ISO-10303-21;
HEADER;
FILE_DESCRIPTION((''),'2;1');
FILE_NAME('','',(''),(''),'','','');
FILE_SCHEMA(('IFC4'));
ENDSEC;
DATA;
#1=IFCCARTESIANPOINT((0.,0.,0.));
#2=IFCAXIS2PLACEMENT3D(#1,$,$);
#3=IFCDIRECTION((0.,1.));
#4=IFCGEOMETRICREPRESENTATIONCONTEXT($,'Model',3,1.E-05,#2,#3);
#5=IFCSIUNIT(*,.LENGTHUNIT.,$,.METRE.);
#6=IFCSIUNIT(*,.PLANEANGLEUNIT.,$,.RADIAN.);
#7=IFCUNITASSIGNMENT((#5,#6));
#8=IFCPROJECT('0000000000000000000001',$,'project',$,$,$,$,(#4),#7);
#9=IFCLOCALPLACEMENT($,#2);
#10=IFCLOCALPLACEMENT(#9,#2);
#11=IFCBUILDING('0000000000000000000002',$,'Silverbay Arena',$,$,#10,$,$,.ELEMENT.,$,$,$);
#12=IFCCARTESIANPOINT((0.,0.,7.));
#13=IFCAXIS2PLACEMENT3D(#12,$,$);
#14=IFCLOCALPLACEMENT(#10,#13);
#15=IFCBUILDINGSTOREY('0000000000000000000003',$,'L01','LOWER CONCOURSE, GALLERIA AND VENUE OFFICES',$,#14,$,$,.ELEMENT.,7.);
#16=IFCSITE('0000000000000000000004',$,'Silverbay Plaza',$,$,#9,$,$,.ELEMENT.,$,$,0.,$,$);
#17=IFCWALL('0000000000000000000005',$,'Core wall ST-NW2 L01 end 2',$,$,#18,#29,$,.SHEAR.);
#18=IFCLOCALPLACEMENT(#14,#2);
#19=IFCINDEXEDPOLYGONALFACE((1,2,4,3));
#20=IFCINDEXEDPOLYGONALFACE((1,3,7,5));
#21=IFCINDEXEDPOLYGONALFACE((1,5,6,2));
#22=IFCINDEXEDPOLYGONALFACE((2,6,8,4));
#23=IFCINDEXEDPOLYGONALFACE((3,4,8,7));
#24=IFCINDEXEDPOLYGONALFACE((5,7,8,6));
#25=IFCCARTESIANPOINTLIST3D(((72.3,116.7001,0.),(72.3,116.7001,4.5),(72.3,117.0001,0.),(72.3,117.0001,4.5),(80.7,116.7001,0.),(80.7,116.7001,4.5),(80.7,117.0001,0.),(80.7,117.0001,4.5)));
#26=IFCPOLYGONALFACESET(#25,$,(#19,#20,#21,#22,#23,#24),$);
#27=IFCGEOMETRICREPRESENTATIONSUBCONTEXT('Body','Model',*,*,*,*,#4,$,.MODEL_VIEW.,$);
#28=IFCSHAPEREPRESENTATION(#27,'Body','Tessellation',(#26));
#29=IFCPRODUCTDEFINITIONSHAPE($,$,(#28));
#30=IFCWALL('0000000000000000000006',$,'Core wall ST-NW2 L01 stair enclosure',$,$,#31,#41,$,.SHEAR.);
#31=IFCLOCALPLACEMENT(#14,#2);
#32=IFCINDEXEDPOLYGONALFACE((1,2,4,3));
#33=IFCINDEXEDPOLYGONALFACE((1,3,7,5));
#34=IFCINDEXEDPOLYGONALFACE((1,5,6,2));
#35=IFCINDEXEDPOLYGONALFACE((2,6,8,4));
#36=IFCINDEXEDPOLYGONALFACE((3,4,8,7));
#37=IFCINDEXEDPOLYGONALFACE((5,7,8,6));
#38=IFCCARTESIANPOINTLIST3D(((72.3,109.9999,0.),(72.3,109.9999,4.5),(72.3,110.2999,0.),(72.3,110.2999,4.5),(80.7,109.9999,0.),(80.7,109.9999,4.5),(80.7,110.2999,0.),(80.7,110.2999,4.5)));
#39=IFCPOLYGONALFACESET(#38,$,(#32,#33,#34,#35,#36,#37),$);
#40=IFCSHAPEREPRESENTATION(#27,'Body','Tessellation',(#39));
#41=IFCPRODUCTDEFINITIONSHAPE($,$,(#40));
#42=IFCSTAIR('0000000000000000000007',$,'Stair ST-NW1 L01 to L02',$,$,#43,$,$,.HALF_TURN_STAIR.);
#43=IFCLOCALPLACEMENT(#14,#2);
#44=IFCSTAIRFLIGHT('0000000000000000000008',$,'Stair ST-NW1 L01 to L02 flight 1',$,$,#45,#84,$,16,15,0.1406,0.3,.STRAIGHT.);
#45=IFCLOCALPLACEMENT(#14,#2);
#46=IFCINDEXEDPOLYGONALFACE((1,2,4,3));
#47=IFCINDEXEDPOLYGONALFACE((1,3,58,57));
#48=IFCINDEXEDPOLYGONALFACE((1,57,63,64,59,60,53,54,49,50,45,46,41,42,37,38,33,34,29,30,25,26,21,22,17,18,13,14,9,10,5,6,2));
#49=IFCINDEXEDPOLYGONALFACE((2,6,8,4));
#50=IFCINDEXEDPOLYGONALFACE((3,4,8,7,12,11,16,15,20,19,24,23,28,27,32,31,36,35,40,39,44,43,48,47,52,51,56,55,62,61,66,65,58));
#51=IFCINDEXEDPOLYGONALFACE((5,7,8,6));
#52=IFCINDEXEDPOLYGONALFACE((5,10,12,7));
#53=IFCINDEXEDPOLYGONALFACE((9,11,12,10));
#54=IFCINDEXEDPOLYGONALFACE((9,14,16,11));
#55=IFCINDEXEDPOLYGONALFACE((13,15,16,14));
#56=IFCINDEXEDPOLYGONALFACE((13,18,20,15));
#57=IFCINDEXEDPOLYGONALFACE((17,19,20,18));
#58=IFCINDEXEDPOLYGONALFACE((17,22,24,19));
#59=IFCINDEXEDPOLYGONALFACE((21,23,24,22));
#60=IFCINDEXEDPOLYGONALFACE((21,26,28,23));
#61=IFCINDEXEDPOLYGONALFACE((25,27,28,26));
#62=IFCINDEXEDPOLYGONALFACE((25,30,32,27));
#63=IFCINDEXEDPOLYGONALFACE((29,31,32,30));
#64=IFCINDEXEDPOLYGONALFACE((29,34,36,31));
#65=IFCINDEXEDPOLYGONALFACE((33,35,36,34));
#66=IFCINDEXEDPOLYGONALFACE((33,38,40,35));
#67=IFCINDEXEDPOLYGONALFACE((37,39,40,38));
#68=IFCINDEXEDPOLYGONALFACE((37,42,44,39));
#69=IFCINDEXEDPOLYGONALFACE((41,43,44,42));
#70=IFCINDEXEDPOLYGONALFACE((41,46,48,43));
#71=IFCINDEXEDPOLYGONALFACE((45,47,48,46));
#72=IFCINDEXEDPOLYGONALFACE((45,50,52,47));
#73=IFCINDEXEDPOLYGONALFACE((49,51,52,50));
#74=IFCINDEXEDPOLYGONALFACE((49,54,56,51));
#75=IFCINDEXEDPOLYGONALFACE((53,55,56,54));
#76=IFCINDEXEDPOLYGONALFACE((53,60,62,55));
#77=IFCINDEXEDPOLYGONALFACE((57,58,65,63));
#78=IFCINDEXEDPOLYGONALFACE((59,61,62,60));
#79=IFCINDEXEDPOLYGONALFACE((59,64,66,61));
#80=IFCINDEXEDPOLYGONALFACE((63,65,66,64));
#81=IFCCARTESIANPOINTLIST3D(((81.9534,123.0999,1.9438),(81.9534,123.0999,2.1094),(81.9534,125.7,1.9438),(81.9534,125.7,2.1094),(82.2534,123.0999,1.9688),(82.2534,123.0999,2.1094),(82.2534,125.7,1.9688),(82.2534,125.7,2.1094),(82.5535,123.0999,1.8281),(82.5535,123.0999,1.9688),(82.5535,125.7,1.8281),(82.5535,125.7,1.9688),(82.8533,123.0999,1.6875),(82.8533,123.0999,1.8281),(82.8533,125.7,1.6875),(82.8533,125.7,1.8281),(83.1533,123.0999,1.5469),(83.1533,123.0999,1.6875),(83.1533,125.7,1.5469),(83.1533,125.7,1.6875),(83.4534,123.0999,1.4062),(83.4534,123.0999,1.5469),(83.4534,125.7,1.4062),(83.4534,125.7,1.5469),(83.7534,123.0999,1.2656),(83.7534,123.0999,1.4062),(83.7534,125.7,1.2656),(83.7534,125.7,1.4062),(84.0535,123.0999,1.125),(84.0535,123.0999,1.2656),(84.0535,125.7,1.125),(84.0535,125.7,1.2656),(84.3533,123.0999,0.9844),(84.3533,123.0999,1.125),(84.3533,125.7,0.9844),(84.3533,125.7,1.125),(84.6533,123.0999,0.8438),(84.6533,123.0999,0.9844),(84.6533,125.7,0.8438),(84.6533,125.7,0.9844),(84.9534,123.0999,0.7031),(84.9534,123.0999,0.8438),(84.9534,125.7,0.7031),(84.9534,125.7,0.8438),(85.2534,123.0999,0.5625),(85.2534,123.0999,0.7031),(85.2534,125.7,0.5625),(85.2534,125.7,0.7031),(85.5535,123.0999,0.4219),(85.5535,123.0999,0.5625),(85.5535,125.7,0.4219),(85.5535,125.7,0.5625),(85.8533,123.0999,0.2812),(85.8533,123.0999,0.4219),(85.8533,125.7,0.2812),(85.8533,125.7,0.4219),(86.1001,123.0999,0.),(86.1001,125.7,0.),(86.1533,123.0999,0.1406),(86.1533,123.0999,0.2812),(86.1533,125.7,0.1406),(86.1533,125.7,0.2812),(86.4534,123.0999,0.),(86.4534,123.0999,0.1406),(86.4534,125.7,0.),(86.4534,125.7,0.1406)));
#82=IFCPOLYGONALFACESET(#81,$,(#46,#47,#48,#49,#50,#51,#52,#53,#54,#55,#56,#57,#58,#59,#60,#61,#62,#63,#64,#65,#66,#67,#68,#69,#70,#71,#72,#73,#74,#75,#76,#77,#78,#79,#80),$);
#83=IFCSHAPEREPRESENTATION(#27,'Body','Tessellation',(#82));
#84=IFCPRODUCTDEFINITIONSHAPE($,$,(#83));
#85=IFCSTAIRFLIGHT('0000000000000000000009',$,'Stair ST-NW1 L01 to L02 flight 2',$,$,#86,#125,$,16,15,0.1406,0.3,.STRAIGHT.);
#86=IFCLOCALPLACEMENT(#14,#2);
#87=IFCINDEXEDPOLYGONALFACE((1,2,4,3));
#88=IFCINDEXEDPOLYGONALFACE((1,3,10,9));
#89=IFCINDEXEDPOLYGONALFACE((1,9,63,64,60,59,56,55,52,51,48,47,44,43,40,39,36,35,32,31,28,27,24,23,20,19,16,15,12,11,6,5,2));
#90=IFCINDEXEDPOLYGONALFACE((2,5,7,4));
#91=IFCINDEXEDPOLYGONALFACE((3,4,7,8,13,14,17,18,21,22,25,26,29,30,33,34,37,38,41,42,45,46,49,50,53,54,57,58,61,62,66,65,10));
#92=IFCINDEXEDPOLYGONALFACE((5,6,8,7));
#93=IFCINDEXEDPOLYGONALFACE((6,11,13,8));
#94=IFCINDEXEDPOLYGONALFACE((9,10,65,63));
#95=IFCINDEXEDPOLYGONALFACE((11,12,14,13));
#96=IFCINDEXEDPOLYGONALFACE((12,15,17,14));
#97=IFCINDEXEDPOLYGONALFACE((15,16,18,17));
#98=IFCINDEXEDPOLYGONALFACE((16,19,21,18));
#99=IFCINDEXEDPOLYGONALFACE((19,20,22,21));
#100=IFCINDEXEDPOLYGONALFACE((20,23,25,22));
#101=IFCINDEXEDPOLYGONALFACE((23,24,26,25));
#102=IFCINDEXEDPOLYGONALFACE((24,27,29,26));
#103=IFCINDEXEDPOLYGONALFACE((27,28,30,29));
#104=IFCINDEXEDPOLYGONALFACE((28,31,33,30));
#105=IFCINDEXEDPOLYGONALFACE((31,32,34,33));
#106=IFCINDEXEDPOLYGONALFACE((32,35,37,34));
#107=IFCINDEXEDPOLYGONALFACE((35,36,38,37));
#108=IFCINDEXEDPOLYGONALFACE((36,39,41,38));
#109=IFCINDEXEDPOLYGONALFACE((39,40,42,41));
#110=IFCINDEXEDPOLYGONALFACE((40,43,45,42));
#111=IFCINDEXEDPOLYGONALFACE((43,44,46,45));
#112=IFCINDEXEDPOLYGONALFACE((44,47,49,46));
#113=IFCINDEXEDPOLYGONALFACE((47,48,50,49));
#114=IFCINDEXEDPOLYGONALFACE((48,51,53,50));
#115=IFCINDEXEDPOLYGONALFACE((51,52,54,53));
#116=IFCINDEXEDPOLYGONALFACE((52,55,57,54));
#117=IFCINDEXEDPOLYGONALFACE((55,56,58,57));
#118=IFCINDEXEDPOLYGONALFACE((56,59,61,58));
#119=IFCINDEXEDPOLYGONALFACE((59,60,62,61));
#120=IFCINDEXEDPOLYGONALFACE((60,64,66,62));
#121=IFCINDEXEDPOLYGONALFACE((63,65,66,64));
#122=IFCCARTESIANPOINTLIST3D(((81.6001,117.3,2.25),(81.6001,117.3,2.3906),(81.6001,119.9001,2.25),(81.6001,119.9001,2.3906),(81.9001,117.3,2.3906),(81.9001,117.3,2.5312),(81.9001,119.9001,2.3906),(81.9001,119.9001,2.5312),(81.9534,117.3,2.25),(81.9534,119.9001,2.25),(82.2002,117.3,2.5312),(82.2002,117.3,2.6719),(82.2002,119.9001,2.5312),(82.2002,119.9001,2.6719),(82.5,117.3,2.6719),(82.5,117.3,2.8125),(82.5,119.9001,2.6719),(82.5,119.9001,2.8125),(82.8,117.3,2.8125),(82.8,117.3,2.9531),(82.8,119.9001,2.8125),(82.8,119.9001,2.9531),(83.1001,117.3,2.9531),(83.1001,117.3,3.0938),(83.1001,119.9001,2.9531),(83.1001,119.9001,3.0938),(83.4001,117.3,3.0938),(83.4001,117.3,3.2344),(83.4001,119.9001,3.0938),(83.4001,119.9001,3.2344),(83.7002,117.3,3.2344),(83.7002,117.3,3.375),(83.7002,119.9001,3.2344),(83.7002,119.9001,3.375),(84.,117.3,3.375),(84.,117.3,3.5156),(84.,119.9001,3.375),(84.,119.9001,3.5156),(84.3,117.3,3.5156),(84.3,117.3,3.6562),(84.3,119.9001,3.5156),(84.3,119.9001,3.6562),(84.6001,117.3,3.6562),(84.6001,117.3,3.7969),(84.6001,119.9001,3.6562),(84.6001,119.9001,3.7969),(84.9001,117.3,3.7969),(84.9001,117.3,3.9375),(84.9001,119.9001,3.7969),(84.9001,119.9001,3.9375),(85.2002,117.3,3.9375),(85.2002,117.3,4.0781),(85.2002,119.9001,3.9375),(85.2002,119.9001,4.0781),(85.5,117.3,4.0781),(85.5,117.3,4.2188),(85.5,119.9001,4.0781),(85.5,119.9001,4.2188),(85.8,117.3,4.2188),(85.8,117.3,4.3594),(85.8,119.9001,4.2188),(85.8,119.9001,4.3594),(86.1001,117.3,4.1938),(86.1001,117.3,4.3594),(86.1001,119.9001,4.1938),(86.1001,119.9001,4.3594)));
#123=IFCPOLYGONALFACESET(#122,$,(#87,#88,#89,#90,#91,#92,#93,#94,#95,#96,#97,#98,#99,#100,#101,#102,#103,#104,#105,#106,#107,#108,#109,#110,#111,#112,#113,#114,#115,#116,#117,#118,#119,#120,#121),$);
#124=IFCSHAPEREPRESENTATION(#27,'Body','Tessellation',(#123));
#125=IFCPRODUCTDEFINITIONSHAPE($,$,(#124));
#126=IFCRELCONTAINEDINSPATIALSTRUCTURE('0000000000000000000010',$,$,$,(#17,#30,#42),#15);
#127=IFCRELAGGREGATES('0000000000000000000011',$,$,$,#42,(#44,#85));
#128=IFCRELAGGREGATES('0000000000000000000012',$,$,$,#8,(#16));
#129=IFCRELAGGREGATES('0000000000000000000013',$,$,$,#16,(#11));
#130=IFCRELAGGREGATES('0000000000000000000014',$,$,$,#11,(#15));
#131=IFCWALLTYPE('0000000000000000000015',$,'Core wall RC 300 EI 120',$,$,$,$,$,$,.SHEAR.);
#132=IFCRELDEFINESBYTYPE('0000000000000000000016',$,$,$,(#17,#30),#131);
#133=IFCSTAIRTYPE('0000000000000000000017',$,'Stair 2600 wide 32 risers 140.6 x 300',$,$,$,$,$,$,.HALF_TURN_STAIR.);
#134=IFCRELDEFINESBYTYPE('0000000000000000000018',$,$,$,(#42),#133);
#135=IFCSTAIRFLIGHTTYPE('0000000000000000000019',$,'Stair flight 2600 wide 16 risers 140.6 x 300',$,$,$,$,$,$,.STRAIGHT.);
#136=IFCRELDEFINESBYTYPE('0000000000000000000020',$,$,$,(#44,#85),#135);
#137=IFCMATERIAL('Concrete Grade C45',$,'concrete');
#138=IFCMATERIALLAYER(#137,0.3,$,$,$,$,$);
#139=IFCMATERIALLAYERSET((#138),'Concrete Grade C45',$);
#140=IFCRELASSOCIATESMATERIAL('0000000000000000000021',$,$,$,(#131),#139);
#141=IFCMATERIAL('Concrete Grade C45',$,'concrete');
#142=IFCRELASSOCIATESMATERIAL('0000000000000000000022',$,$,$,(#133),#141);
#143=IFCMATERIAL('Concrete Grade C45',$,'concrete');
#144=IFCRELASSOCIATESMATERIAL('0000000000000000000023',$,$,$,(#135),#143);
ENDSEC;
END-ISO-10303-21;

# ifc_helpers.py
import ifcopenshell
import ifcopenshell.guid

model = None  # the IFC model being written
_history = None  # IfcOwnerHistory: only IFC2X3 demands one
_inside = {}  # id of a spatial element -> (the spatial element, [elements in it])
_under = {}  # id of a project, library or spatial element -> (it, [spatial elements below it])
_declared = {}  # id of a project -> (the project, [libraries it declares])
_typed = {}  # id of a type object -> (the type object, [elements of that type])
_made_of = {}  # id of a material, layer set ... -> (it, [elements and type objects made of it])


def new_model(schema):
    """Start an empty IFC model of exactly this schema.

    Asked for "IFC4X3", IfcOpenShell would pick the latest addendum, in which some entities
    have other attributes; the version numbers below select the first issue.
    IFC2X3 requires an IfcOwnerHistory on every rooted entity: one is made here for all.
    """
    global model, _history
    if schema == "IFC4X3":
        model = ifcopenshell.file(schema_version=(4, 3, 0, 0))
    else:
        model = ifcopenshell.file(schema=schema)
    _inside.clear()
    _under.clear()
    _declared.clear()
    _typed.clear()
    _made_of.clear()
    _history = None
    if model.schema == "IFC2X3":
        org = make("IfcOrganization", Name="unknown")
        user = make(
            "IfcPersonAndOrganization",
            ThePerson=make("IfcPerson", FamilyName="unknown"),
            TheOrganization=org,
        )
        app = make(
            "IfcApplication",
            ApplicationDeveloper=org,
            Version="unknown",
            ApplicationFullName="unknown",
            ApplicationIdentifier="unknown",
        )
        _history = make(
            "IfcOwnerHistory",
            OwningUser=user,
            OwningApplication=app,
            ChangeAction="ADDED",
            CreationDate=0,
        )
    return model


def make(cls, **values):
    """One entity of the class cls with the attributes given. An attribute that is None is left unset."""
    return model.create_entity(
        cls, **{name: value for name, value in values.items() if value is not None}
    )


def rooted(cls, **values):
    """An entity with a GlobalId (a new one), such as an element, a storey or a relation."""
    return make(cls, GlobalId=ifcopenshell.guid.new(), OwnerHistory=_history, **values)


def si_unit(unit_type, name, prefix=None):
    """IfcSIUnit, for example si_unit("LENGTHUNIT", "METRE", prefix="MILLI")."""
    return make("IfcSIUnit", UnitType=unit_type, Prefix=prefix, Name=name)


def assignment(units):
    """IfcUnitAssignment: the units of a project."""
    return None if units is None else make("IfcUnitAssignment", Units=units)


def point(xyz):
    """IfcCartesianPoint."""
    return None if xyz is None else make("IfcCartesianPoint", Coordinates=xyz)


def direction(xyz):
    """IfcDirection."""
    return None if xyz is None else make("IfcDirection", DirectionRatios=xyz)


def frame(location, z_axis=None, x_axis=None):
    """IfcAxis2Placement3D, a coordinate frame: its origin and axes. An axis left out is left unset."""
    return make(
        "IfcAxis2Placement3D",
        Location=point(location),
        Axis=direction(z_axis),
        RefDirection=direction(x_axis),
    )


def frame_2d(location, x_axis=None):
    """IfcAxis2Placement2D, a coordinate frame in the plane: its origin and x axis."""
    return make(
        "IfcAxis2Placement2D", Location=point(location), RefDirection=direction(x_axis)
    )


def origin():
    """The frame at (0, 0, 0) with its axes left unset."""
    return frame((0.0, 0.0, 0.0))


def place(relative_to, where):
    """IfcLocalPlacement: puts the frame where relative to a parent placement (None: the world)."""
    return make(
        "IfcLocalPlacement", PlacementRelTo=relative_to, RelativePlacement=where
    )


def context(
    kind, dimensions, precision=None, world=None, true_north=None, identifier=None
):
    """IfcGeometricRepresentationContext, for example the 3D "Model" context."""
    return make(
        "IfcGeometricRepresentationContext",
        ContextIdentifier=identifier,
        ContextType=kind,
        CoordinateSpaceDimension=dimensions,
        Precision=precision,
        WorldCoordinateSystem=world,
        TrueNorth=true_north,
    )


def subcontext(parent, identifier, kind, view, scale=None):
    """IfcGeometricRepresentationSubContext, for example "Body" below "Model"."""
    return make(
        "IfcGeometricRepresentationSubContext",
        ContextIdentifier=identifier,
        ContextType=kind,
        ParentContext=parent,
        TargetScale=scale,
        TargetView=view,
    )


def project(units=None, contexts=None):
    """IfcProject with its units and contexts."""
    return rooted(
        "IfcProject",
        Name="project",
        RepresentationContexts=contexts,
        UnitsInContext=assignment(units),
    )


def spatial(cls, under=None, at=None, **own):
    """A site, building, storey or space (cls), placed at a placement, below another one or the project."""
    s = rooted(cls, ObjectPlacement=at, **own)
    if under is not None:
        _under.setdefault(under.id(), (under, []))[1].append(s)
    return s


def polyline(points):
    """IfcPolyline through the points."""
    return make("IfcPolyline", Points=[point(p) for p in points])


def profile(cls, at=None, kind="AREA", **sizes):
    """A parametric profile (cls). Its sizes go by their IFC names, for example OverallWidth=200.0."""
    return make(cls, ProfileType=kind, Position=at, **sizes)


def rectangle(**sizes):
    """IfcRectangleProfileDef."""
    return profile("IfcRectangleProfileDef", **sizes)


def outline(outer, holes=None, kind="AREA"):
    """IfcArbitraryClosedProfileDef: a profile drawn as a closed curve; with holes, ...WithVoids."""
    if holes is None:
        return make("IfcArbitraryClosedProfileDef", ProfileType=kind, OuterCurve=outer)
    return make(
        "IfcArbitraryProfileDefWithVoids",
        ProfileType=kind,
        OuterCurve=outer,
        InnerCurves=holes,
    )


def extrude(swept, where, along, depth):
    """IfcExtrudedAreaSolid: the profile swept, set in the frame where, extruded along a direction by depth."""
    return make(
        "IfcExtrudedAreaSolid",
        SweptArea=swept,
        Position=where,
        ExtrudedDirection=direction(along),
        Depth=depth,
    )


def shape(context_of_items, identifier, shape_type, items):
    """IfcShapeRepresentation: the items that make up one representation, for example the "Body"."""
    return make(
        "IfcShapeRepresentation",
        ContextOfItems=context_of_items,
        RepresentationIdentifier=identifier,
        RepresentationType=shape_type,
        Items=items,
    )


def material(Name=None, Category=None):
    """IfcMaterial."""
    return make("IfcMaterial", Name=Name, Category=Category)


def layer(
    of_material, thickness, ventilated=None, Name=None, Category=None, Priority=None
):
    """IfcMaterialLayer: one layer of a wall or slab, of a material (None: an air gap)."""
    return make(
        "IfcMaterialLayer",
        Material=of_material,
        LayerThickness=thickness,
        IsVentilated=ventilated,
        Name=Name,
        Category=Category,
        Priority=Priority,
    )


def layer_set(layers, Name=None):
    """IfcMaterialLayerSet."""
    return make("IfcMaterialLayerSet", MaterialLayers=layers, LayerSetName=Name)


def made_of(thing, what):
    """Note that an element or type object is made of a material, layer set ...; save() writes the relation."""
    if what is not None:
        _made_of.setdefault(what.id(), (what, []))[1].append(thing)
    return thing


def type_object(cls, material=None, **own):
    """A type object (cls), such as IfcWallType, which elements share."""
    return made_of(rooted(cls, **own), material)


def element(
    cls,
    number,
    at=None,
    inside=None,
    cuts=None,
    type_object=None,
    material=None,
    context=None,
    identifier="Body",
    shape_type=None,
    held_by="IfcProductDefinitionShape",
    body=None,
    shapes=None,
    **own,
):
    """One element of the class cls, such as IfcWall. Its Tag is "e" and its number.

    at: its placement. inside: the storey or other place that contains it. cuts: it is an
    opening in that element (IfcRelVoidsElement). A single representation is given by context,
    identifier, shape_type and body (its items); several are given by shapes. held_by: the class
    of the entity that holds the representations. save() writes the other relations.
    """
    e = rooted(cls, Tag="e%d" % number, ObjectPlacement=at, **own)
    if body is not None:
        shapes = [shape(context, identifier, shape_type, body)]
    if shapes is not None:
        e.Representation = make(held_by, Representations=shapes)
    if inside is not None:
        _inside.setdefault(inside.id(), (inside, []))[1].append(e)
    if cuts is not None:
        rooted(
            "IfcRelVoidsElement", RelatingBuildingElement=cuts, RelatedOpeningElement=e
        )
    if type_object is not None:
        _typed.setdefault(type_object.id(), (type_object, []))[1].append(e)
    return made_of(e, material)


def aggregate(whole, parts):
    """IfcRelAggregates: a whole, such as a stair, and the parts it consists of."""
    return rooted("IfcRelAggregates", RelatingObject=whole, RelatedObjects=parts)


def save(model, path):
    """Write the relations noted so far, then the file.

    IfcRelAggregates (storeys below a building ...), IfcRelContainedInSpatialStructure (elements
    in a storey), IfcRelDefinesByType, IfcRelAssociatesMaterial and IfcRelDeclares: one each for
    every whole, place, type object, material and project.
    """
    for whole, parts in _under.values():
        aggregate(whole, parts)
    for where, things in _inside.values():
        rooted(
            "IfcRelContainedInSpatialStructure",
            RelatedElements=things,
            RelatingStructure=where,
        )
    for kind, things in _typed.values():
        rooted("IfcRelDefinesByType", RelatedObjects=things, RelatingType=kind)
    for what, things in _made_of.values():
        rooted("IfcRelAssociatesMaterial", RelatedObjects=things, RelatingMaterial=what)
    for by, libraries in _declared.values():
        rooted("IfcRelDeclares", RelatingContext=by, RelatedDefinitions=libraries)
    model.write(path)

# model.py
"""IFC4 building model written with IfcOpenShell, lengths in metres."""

from ifc_helpers import new_model, si_unit, direction, frame, frame_2d, origin, place, context, subcontext, project, spatial, polyline, rectangle, outline, extrude, material, layer, layer_set, type_object, element, aggregate, save


model = new_model("IFC4")

# Units and contexts
model_context = context("Model", 3, precision=1e-05, world=origin(), true_north=direction((0.0, 1.0)))
body_context = subcontext(model_context, "Body", "Model", "MODEL_VIEW")
ifc_project = project(units=[si_unit("LENGTHUNIT", "METRE"), si_unit("PLANEANGLEUNIT", "RADIAN")], contexts=[model_context])

# Site, building, storey
site_placement = place(None, origin())
site = spatial("IfcSite", under=ifc_project, at=site_placement, Name="Silverbay Plaza", CompositionType="ELEMENT", RefElevation=0.0)
building_placement = place(site_placement, origin())
building = spatial("IfcBuilding", under=site, at=building_placement, Name="Silverbay Arena", CompositionType="ELEMENT")
storey_placement = place(building_placement, frame((0.0, 0.0, 7.0)))
storey = spatial("IfcBuildingStorey", under=building, at=storey_placement, Name="L01", Description="LOWER CONCOURSE, GALLERIA AND VENUE OFFICES", CompositionType="ELEMENT", Elevation=7.0)

# Shared definitions
ifc_material_1 = material(Name="Concrete Grade C45", Category="concrete")
ifc_layer = layer(ifc_material_1, 0.3)
ifc_layer_set = layer_set([ifc_layer], Name="Concrete Grade C45")
wall_type = type_object("IfcWallType", Name="Core wall RC 300 EI 120", PredefinedType="SHEAR", material=ifc_layer_set)

# Walls
for number, where, z_axis, x_axis, name in (
    (1, (80.7, 116.8501, 0.0), (0.0, 0.0, 1.0), (-1.0, 0.0, 0.0), "Core wall ST-NW2 L01 end 2"),
    (2, (80.7, 110.1499, 0.0), (0.0, 0.0, 1.0), (-1.0, 0.0, 0.0), "Core wall ST-NW2 L01 stair enclosure"),
):
    element("IfcWall", number, at=place(storey_placement, frame(where, z_axis=z_axis, x_axis=x_axis)), inside=storey, type_object=wall_type, Name=name, PredefinedType="SHEAR", context=body_context, shape_type="SweptSolid", body=[
        extrude(rectangle(XDim=8.3999, YDim=0.3, at=frame_2d((4.2, 0.0))), origin(), (0.0, 0.0, 1.0), 4.5),
    ])

# Stair, stair flights
ifc_material_2 = material(Name="Concrete Grade C45", Category="concrete")
stair_type = type_object("IfcStairType", Name="Stair 2600 wide 32 risers 140.6 x 300", PredefinedType="HALF_TURN_STAIR", material=ifc_material_2)
stair_placement = place(storey_placement, origin())
stair = element("IfcStair", 3, at=stair_placement, inside=storey, type_object=stair_type, Name="Stair ST-NW1 L01 to L02", PredefinedType="HALF_TURN_STAIR")
ifc_material_3 = material(Name="Concrete Grade C45", Category="concrete")
stair_flight_type = type_object("IfcStairFlightType", Name="Stair flight 2600 wide 16 risers 140.6 x 300", PredefinedType="STRAIGHT", material=ifc_material_3)
stair_flight_1_placement = place(storey_placement, frame((86.4534, 124.3999, 0.0), z_axis=(0.0, 0.0, 1.0), x_axis=(-1.0, 0.0, 0.0)))
stair_flight_1 = element("IfcStairFlight", 4, at=stair_flight_1_placement, type_object=stair_flight_type, Name="Stair ST-NW1 L01 to L02 flight 1", NumberOfRisers=16, NumberOfTreads=15, PredefinedType="STRAIGHT", RiserHeight=0.1406, TreadLength=0.3, context=body_context, shape_type="SweptSolid", body=[
    extrude(outline(polyline([(0.0, 0.0), (0.0, 0.1406), (0.3, 0.1406), (0.3, 0.2812), (0.6001, 0.2812), (0.6001, 0.4219), (0.8999, 0.4219), (0.8999, 0.5625), (1.2, 0.5625), (1.2, 0.7031), (1.5, 0.7031), (1.5, 0.8438), (1.8, 0.8438), (1.8, 0.9844), (2.1001, 0.9844), (2.1001, 1.125), (2.3999, 1.125), (2.3999, 1.2656), (2.7, 1.2656), (2.7, 1.4062), (3.0, 1.4062), (3.0, 1.5469), (3.3, 1.5469), (3.3, 1.6875), (3.6001, 1.6875), (3.6001, 1.8281), (3.8999, 1.8281), (3.8999, 1.9688), (4.2, 1.9688), (4.2, 2.1094), (4.5, 2.1094), (4.5, 1.9438), (0.3533, 0.0), (0.0, 0.0)])), frame((0.0, 1.3, 0.0), z_axis=(0.0, -1.0, 0.0), x_axis=(1.0, 0.0, 0.0)), (0.0, 0.0, 1.0), 2.6001),
])
stair_flight_2_placement = place(storey_placement, frame((81.6001, 118.6001, 2.25), z_axis=(0.0, 0.0, 1.0), x_axis=(1.0, 0.0, 0.0)))
stair_flight_2 = element("IfcStairFlight", 5, at=stair_flight_2_placement, type_object=stair_flight_type, Name="Stair ST-NW1 L01 to L02 flight 2", NumberOfRisers=16, NumberOfTreads=15, PredefinedType="STRAIGHT", RiserHeight=0.1406, TreadLength=0.3, context=body_context, shape_type="SweptSolid", body=[
    extrude(outline(polyline([(0.0, 0.0), (0.0, 0.1406), (0.3, 0.1406), (0.3, 0.2812), (0.6001, 0.2812), (0.6001, 0.4219), (0.8999, 0.4219), (0.8999, 0.5625), (1.2, 0.5625), (1.2, 0.7031), (1.5, 0.7031), (1.5, 0.8438), (1.8, 0.8438), (1.8, 0.9844), (2.1001, 0.9844), (2.1001, 1.125), (2.3999, 1.125), (2.3999, 1.2656), (2.7, 1.2656), (2.7, 1.4062), (3.0, 1.4062), (3.0, 1.5469), (3.3, 1.5469), (3.3, 1.6875), (3.6001, 1.6875), (3.6001, 1.8281), (3.8999, 1.8281), (3.8999, 1.9688), (4.2, 1.9688), (4.2, 2.1094), (4.5, 2.1094), (4.5, 1.9438), (0.3533, 0.0), (0.0, 0.0)])), frame((0.0, 1.3, 0.0), z_axis=(0.0, -1.0, 0.0), x_axis=(1.0, 0.0, 0.0)), (0.0, 0.0, 1.0), 2.6001),
])
aggregate(stair, [stair_flight_1, stair_flight_2])

save(model, "model.ifc")
